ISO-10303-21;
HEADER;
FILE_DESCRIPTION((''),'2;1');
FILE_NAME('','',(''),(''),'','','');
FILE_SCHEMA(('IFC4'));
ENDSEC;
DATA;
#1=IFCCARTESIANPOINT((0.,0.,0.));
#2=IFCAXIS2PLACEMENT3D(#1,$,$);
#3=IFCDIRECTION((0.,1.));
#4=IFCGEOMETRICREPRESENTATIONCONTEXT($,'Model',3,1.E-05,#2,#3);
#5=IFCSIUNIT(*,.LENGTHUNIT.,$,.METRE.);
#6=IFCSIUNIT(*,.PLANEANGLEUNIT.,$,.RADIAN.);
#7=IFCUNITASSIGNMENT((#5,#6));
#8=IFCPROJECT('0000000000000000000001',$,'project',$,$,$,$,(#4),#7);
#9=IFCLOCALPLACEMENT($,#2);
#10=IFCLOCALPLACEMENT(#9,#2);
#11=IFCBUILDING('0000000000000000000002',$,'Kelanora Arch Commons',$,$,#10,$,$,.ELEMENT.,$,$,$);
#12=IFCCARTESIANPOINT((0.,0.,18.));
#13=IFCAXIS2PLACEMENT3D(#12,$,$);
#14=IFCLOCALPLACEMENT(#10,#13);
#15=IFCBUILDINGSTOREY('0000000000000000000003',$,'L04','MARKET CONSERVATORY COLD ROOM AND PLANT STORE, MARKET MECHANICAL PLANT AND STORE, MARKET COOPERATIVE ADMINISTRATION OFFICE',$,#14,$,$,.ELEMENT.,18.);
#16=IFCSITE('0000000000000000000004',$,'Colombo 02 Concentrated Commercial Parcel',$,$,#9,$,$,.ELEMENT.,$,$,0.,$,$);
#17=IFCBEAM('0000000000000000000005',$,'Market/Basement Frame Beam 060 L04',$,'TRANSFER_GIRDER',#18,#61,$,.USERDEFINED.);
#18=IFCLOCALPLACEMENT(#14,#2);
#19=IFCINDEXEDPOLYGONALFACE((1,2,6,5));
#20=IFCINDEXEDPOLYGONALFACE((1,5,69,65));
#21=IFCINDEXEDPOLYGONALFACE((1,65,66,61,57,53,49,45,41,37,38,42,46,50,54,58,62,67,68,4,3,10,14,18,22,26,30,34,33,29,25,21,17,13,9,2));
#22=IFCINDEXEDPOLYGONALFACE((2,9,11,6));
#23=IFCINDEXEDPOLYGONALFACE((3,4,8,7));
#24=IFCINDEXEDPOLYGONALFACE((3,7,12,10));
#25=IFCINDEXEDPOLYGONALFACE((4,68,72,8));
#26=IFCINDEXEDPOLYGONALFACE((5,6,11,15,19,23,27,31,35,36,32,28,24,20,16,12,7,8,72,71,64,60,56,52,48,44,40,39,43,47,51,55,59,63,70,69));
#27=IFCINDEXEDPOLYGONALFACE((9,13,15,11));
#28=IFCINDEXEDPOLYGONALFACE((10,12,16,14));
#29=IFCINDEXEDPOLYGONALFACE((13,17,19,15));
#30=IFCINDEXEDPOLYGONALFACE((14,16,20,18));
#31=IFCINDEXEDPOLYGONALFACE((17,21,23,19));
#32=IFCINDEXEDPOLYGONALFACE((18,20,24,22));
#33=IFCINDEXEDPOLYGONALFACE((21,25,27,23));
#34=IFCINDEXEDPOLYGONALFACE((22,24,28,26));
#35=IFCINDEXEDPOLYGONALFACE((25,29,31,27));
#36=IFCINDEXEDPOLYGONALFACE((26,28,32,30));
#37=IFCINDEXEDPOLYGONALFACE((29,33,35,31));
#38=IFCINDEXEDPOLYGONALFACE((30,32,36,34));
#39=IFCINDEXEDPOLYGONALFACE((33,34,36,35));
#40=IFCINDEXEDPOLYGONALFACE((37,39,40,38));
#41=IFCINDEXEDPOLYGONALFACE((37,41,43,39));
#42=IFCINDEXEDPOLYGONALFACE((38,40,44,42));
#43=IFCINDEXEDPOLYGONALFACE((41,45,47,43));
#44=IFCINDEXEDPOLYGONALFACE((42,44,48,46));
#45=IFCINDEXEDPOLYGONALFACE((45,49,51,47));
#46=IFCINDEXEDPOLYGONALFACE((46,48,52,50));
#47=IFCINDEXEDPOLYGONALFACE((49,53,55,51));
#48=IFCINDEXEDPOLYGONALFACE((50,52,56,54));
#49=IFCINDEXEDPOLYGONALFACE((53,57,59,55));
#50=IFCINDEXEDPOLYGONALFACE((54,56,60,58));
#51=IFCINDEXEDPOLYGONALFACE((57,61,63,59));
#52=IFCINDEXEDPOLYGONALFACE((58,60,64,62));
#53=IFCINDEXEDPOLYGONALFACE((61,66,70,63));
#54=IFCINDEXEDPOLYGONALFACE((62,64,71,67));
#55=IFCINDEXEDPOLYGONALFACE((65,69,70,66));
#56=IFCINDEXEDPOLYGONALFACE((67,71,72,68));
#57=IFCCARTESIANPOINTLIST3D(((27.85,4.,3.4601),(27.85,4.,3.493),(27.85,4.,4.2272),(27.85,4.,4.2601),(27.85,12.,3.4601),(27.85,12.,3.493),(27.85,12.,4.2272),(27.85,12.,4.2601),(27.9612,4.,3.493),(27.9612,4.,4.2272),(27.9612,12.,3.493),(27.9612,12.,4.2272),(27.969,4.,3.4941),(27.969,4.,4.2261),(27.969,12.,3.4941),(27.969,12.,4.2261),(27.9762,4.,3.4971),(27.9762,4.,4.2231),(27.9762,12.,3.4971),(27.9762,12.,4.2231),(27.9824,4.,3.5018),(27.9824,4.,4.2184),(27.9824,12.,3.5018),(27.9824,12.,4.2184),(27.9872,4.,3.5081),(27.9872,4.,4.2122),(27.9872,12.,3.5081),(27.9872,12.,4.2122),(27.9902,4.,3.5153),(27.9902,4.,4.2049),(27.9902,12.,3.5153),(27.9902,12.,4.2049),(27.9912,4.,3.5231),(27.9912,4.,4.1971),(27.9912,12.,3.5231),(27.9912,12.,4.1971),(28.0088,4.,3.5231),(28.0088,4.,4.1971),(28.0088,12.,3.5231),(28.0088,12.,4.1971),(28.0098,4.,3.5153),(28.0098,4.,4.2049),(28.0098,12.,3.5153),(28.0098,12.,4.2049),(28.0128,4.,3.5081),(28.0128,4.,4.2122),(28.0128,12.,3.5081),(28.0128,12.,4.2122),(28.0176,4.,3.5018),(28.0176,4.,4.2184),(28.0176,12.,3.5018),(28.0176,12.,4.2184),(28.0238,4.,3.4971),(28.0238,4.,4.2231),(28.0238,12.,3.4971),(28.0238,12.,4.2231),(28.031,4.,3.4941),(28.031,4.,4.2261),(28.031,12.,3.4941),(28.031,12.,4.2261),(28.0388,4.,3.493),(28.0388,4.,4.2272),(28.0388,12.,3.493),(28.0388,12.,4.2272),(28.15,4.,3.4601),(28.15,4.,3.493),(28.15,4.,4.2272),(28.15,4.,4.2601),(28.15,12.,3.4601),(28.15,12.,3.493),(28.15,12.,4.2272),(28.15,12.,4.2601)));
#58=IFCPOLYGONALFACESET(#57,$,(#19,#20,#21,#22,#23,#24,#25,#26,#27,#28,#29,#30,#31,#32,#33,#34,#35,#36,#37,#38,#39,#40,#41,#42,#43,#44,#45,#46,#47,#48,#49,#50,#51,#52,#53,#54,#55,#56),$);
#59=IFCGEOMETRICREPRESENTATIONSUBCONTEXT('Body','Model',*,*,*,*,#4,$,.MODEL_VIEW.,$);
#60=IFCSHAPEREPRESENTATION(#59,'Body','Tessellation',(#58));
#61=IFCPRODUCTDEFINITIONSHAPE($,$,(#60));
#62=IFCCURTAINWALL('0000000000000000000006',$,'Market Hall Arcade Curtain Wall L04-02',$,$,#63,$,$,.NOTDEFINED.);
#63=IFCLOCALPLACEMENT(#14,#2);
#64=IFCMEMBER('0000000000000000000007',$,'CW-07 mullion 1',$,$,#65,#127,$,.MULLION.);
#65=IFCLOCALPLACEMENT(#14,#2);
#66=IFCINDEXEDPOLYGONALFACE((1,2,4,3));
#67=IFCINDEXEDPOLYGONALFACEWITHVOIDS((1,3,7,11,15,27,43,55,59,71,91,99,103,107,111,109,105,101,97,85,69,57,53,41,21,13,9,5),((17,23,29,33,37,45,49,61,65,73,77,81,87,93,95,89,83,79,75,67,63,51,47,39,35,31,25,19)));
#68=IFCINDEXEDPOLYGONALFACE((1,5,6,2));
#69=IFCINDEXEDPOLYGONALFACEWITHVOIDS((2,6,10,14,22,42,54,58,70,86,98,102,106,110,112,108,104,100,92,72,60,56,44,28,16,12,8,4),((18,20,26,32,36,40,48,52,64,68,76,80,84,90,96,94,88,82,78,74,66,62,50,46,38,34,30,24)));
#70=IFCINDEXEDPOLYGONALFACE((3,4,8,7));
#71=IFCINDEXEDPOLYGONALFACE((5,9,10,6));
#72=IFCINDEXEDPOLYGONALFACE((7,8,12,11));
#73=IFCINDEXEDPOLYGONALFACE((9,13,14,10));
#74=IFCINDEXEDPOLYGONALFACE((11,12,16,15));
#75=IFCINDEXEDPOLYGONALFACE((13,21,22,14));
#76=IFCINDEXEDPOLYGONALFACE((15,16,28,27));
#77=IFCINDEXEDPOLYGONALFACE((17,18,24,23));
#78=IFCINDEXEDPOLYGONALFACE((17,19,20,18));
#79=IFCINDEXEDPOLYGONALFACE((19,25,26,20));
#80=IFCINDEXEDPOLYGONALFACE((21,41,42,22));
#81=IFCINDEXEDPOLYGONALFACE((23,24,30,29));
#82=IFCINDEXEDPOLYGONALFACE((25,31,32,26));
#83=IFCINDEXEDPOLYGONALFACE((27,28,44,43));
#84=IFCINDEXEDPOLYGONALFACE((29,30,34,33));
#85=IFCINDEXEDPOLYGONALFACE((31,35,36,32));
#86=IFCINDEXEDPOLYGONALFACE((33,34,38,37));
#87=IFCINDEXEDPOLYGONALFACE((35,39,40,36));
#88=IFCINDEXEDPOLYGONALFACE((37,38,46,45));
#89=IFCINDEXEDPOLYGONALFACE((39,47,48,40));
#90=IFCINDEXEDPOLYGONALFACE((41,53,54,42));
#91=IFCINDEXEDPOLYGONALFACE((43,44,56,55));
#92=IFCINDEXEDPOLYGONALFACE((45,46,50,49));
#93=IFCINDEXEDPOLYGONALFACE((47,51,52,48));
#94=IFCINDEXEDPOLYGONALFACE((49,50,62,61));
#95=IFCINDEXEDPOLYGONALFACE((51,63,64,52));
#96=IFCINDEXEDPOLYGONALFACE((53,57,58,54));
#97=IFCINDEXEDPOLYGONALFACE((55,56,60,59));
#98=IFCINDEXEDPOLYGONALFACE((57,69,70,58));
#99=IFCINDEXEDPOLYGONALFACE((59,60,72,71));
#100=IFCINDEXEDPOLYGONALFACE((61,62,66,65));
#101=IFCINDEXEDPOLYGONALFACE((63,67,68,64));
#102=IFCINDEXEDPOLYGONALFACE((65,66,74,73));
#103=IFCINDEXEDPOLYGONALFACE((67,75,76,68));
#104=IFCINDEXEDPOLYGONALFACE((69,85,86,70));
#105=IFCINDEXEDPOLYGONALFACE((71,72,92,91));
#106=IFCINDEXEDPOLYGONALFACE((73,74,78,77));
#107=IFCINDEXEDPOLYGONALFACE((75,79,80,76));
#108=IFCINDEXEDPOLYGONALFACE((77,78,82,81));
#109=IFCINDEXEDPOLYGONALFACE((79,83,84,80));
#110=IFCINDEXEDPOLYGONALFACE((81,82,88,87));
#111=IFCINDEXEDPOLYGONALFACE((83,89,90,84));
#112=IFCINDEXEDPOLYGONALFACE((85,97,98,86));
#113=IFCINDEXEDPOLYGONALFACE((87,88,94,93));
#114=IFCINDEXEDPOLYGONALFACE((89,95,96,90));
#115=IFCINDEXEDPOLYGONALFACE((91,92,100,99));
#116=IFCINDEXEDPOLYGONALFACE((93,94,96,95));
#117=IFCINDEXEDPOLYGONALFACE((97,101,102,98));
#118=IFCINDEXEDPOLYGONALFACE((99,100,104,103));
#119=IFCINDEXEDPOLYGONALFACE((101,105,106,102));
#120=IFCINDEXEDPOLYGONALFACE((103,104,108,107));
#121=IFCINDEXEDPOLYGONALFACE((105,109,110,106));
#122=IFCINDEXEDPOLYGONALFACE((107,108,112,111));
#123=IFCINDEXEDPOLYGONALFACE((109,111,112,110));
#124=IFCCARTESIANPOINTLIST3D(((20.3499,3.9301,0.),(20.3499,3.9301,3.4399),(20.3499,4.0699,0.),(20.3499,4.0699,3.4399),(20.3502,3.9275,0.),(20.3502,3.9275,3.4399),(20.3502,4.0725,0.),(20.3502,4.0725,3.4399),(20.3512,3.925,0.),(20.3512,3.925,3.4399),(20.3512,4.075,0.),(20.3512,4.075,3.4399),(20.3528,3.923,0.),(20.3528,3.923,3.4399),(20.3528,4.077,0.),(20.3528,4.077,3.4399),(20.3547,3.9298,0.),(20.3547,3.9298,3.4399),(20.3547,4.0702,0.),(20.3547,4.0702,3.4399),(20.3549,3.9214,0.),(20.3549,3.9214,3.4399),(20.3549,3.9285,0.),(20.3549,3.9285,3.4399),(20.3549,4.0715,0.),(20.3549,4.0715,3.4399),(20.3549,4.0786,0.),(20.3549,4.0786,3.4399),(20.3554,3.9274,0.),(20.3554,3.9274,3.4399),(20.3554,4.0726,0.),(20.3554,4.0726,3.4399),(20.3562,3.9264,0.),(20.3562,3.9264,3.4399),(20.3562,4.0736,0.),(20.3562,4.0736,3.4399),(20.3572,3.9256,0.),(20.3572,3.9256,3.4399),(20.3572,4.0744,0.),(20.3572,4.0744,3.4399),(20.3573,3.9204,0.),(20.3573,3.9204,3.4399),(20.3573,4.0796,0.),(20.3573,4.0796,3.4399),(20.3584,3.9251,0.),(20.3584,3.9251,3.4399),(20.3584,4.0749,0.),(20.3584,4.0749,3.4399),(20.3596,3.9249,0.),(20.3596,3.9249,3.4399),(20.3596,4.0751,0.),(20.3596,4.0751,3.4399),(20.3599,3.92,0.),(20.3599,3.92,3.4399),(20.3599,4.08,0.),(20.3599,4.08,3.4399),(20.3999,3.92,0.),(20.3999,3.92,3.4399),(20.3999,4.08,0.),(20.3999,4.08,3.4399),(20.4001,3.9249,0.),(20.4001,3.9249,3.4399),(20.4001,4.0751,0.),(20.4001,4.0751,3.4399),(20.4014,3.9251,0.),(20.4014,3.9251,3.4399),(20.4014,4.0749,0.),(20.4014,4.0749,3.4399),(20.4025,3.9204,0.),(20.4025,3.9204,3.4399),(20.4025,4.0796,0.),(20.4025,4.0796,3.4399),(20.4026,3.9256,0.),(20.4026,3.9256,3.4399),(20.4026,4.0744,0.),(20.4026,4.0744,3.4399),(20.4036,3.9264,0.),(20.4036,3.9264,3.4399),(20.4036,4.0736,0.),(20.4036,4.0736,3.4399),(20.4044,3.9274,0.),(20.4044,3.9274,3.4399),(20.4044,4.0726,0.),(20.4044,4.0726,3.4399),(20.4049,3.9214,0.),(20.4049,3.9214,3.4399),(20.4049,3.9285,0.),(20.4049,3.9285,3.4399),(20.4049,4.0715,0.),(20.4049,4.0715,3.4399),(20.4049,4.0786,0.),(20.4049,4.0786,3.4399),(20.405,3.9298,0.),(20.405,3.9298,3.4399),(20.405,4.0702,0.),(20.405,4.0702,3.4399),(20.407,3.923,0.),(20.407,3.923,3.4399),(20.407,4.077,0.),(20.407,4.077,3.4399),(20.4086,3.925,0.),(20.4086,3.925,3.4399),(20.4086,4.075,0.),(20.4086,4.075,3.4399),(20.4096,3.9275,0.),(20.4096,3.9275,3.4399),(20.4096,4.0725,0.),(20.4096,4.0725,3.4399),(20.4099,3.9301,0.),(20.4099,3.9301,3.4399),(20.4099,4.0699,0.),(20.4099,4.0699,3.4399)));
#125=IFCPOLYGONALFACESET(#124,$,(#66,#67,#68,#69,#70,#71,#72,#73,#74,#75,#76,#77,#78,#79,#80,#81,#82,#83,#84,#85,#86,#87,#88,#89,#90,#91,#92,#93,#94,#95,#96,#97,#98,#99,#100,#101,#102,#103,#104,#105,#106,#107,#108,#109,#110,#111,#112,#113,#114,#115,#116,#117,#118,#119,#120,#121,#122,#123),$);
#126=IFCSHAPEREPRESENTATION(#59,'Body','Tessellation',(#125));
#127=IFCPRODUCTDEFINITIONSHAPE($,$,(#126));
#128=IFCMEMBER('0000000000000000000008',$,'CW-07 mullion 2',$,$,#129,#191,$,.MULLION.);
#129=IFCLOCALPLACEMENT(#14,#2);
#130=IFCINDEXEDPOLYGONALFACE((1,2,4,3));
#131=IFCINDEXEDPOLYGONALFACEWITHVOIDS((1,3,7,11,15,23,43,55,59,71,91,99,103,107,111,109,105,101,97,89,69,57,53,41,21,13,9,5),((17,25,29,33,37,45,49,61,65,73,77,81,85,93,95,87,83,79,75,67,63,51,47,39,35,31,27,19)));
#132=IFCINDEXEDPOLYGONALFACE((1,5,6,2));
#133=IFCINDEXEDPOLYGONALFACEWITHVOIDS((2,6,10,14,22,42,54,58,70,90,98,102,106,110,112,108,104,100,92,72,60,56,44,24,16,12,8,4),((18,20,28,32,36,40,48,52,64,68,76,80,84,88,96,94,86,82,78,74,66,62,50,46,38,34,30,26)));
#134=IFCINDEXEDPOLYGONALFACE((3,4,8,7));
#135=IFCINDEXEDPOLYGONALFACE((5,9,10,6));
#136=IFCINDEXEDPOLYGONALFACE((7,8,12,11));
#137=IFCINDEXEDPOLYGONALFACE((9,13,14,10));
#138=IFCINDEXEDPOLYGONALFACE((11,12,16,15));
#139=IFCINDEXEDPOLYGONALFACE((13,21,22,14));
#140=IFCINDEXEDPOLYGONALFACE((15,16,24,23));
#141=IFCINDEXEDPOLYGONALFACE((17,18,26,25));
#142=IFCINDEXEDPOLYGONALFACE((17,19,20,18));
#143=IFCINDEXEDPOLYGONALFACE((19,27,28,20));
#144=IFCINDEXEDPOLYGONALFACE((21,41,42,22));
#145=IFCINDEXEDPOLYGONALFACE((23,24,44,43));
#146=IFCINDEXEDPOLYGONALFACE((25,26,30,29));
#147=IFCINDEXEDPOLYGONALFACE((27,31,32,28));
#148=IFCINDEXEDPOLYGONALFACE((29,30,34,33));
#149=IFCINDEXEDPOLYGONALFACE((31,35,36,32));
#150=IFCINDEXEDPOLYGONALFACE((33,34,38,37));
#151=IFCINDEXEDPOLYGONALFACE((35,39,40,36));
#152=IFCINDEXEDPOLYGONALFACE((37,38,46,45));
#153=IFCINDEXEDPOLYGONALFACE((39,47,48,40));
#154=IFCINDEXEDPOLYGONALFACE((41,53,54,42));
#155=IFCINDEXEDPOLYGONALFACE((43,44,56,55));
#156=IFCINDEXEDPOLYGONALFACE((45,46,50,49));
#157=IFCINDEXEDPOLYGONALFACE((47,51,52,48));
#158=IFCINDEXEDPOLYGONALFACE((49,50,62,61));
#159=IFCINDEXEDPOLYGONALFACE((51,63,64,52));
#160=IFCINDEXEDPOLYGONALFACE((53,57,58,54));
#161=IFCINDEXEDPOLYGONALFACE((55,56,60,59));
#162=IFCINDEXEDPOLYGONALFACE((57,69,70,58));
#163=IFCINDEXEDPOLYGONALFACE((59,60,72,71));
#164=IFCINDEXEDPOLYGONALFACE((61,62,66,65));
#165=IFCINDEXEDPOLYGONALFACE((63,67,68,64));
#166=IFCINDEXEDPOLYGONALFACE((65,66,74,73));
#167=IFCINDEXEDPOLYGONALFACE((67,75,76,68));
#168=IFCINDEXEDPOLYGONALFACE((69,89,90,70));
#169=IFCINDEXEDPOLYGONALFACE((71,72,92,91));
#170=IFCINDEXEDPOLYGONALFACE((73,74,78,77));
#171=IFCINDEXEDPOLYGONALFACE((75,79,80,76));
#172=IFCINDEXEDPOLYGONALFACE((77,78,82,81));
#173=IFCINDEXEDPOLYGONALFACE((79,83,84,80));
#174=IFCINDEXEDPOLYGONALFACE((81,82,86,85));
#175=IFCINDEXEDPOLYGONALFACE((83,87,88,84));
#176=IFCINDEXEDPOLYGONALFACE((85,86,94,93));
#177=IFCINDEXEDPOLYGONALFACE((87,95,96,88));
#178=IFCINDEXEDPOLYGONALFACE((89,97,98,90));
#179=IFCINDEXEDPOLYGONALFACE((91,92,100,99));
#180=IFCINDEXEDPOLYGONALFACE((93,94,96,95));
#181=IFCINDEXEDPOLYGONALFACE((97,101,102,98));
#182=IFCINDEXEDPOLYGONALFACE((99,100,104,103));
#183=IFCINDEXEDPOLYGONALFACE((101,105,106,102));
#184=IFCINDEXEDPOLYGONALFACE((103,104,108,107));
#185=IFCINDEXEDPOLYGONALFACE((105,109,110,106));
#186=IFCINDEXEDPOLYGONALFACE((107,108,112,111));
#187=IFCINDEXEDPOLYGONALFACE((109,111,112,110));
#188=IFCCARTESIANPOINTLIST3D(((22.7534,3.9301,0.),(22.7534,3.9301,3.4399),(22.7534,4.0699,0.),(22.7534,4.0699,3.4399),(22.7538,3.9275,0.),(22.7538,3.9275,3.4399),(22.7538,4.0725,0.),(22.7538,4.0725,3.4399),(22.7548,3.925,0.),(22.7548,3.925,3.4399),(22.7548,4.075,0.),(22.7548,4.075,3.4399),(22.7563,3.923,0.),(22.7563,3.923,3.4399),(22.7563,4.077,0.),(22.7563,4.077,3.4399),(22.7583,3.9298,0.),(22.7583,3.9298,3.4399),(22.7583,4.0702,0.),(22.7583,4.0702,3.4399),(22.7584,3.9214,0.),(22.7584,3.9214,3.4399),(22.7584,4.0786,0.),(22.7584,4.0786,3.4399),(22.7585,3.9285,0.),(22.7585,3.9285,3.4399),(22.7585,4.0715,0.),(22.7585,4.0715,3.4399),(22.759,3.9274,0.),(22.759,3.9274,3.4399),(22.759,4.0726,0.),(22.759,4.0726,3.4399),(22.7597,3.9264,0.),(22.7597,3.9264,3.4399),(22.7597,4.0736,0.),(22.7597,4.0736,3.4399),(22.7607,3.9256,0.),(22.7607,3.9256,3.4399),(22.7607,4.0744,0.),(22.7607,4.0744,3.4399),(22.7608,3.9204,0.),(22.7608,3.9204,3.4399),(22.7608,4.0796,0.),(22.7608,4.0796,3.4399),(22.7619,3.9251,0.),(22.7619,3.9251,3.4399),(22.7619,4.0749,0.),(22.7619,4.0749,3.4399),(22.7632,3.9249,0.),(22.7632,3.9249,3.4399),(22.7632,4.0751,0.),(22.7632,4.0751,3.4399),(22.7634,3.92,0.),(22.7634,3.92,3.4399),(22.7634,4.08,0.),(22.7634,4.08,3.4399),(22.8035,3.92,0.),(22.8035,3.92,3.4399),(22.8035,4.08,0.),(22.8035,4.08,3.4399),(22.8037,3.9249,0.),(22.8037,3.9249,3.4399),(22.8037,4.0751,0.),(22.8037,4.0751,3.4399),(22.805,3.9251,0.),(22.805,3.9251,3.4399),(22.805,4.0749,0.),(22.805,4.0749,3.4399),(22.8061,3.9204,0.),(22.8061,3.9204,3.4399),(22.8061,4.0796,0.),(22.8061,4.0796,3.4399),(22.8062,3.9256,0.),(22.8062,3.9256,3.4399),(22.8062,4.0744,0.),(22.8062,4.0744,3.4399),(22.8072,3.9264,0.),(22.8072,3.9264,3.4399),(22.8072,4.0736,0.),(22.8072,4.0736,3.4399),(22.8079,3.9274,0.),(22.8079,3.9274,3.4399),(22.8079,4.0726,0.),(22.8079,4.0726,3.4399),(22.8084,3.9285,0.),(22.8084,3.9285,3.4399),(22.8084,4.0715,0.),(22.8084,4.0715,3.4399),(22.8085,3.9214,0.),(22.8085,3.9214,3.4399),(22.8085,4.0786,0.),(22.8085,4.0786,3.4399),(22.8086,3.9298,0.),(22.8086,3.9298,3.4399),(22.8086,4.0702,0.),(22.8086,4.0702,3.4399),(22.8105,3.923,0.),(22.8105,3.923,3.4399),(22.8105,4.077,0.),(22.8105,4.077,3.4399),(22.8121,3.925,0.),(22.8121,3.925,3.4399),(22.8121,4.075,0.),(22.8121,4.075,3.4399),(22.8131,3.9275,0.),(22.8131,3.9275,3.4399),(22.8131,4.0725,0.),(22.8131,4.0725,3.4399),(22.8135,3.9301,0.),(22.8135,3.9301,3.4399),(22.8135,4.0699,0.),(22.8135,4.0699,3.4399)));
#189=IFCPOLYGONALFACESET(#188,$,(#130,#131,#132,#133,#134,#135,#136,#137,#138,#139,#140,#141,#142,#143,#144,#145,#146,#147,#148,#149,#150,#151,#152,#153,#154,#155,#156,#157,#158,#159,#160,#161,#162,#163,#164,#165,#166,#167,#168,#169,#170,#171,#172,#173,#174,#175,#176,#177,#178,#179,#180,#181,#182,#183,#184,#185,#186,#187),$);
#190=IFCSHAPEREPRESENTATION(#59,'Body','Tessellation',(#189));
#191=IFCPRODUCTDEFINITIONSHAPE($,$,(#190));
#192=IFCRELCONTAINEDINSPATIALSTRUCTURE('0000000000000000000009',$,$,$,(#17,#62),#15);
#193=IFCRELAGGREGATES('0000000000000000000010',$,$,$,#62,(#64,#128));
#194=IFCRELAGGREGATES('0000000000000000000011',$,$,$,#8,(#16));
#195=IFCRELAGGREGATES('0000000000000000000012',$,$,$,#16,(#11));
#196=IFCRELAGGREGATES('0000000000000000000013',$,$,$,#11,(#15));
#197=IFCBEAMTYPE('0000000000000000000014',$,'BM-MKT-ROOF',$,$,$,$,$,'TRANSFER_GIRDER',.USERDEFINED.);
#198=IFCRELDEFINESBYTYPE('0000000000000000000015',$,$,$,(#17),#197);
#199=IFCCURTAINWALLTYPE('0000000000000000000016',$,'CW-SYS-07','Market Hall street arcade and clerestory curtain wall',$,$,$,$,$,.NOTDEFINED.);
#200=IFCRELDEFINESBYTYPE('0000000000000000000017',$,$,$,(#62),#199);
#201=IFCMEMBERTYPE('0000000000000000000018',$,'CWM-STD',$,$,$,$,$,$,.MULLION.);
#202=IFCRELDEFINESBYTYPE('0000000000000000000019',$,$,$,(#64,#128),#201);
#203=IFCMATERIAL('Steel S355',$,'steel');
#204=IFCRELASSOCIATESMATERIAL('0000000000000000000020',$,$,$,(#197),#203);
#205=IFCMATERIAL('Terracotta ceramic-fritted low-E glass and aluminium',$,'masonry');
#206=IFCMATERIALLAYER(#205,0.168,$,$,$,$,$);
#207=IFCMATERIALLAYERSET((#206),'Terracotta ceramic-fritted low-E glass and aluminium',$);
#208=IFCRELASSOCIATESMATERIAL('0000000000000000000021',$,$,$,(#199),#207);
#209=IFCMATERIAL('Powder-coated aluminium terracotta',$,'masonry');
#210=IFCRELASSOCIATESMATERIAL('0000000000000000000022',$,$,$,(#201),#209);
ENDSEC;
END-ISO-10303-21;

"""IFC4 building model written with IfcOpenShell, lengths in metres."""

from ifc_helpers import new_model, si_unit, direction, frame, origin, origin_2d, place, context, subcontext, project, spatial, hollow_rectangle, i_section, extrude, material, layer, layer_set, material_profile, profile_set, type_object, element, aggregate, save


model = new_model("IFC4")

# Units and contexts
model_context = context("Model", 3, precision=1e-05, world=origin(), true_north=direction((0.0, 1.0)))
body_context = subcontext(model_context, "Body", "Model", "MODEL_VIEW")
ifc_project = project(units=[si_unit("LENGTHUNIT", "METRE"), si_unit("PLANEANGLEUNIT", "RADIAN")], contexts=[model_context])

# Site, building, storey
site_placement = place(None, origin())
site = spatial("IfcSite", under=ifc_project, at=site_placement, Name="Colombo 02 Concentrated Commercial Parcel", CompositionType="ELEMENT", RefElevation=0.0)
building_placement = place(site_placement, origin())
building = spatial("IfcBuilding", under=site, at=building_placement, Name="Kelanora Arch Commons", CompositionType="ELEMENT")
storey_placement = place(building_placement, frame((0.0, 0.0, 18.0)))
storey = spatial("IfcBuildingStorey", under=building, at=storey_placement, Name="L04", Description="MARKET CONSERVATORY COLD ROOM AND PLANT STORE, MARKET MECHANICAL PLANT AND STORE, MARKET COOPERATIVE ADMINISTRATION OFFICE", CompositionType="ELEMENT", Elevation=18.0)

# Beam
ifc_material_1 = material(Name="Steel S355", Category="steel")
ifc_material_profile_1 = material_profile(ifc_material_1, i_section(OverallWidth=0.3, OverallDepth=0.8, WebThickness=0.0176, FlangeThickness=0.033, FilletRadius=0.03, at=origin_2d()), Name="HEB800")
ifc_profile_set_1 = profile_set([ifc_material_profile_1], Name="Steel S355")
beam_type = type_object("IfcBeamType", Name="BM-MKT-ROOF", ElementType="TRANSFER_GIRDER", PredefinedType="USERDEFINED", material=ifc_profile_set_1)
for number, where, z_axis, x_axis, name in (
    (1, (28.0, 4.0, 3.8601), (0.0, 1.0, 0.0), (-1.0, 0.0, 0.0), "Market/Basement Frame Beam 060 L04"),
):
    element("IfcBeam", number, at=place(storey_placement, frame(where, z_axis=z_axis, x_axis=x_axis)), inside=storey, type_object=beam_type, Name=name, ObjectType="TRANSFER_GIRDER", PredefinedType="USERDEFINED", context=body_context, shape_type="SweptSolid", body=[
        extrude(i_section(OverallWidth=0.3, OverallDepth=0.8, WebThickness=0.0176, FlangeThickness=0.033, FilletRadius=0.03, at=origin_2d()), origin(), (0.0, 0.0, 1.0), 8.0),
    ])

# Curtain wall, members
ifc_material_2 = material(Name="Terracotta ceramic-fritted low-E glass and aluminium", Category="masonry")
ifc_layer_1 = layer(ifc_material_2, 0.168)
ifc_layer_set_1 = layer_set([ifc_layer_1], Name="Terracotta ceramic-fritted low-E glass and aluminium")
curtain_wall_type = type_object("IfcCurtainWallType", Name="CW-SYS-07", Description="Market Hall street arcade and clerestory curtain wall", PredefinedType="NOTDEFINED", material=ifc_layer_set_1)
curtain_wall_placement = place(storey_placement, origin())
curtain_wall = element("IfcCurtainWall", 2, at=curtain_wall_placement, inside=storey, type_object=curtain_wall_type, Name="Market Hall Arcade Curtain Wall L04-02", PredefinedType="NOTDEFINED")
ifc_material_3 = material(Name="Powder-coated aluminium terracotta", Category="masonry")
ifc_material_profile_2 = material_profile(ifc_material_3, hollow_rectangle(XDim=0.1599, YDim=0.0601, WallThickness=0.0049, InnerFilletRadius=0.0049, OuterFilletRadius=0.01, at=origin_2d()), Name="CWM160x60")
ifc_profile_set_2 = profile_set([ifc_material_profile_2], Name="Powder-coated aluminium terracotta")
member_type_1 = type_object("IfcMemberType", Name="CWM-STD", PredefinedType="MULLION", material=ifc_profile_set_2)
member_1_placement = place(storey_placement, frame((20.3799, 4.0, 0.0), z_axis=(0.0, 0.0, 1.0), x_axis=(0.0, 1.0, 0.0)))
member_1 = element("IfcMember", 3, at=member_1_placement, type_object=member_type_1, Name="CW-07 mullion 1", PredefinedType="MULLION", context=body_context, shape_type="SweptSolid", body=[
    extrude(hollow_rectangle(XDim=0.1599, YDim=0.0601, WallThickness=0.0049, InnerFilletRadius=0.0049, OuterFilletRadius=0.01, at=origin_2d()), origin(), (0.0, 0.0, 1.0), 3.4399),
])
member_2_placement = place(storey_placement, frame((22.7834, 4.0, 0.0), z_axis=(0.0, 0.0, 1.0), x_axis=(0.0, 1.0, 0.0)))
member_2 = element("IfcMember", 4, at=member_2_placement, type_object=member_type_1, Name="CW-07 mullion 2", PredefinedType="MULLION", context=body_context, shape_type="SweptSolid", body=[
    extrude(hollow_rectangle(XDim=0.1599, YDim=0.0601, WallThickness=0.0049, InnerFilletRadius=0.0049, OuterFilletRadius=0.01, at=origin_2d()), origin(), (0.0, 0.0, 1.0), 3.4399),
])
aggregate(curtain_wall, [member_1, member_2])

save(model, "model.ifc")
